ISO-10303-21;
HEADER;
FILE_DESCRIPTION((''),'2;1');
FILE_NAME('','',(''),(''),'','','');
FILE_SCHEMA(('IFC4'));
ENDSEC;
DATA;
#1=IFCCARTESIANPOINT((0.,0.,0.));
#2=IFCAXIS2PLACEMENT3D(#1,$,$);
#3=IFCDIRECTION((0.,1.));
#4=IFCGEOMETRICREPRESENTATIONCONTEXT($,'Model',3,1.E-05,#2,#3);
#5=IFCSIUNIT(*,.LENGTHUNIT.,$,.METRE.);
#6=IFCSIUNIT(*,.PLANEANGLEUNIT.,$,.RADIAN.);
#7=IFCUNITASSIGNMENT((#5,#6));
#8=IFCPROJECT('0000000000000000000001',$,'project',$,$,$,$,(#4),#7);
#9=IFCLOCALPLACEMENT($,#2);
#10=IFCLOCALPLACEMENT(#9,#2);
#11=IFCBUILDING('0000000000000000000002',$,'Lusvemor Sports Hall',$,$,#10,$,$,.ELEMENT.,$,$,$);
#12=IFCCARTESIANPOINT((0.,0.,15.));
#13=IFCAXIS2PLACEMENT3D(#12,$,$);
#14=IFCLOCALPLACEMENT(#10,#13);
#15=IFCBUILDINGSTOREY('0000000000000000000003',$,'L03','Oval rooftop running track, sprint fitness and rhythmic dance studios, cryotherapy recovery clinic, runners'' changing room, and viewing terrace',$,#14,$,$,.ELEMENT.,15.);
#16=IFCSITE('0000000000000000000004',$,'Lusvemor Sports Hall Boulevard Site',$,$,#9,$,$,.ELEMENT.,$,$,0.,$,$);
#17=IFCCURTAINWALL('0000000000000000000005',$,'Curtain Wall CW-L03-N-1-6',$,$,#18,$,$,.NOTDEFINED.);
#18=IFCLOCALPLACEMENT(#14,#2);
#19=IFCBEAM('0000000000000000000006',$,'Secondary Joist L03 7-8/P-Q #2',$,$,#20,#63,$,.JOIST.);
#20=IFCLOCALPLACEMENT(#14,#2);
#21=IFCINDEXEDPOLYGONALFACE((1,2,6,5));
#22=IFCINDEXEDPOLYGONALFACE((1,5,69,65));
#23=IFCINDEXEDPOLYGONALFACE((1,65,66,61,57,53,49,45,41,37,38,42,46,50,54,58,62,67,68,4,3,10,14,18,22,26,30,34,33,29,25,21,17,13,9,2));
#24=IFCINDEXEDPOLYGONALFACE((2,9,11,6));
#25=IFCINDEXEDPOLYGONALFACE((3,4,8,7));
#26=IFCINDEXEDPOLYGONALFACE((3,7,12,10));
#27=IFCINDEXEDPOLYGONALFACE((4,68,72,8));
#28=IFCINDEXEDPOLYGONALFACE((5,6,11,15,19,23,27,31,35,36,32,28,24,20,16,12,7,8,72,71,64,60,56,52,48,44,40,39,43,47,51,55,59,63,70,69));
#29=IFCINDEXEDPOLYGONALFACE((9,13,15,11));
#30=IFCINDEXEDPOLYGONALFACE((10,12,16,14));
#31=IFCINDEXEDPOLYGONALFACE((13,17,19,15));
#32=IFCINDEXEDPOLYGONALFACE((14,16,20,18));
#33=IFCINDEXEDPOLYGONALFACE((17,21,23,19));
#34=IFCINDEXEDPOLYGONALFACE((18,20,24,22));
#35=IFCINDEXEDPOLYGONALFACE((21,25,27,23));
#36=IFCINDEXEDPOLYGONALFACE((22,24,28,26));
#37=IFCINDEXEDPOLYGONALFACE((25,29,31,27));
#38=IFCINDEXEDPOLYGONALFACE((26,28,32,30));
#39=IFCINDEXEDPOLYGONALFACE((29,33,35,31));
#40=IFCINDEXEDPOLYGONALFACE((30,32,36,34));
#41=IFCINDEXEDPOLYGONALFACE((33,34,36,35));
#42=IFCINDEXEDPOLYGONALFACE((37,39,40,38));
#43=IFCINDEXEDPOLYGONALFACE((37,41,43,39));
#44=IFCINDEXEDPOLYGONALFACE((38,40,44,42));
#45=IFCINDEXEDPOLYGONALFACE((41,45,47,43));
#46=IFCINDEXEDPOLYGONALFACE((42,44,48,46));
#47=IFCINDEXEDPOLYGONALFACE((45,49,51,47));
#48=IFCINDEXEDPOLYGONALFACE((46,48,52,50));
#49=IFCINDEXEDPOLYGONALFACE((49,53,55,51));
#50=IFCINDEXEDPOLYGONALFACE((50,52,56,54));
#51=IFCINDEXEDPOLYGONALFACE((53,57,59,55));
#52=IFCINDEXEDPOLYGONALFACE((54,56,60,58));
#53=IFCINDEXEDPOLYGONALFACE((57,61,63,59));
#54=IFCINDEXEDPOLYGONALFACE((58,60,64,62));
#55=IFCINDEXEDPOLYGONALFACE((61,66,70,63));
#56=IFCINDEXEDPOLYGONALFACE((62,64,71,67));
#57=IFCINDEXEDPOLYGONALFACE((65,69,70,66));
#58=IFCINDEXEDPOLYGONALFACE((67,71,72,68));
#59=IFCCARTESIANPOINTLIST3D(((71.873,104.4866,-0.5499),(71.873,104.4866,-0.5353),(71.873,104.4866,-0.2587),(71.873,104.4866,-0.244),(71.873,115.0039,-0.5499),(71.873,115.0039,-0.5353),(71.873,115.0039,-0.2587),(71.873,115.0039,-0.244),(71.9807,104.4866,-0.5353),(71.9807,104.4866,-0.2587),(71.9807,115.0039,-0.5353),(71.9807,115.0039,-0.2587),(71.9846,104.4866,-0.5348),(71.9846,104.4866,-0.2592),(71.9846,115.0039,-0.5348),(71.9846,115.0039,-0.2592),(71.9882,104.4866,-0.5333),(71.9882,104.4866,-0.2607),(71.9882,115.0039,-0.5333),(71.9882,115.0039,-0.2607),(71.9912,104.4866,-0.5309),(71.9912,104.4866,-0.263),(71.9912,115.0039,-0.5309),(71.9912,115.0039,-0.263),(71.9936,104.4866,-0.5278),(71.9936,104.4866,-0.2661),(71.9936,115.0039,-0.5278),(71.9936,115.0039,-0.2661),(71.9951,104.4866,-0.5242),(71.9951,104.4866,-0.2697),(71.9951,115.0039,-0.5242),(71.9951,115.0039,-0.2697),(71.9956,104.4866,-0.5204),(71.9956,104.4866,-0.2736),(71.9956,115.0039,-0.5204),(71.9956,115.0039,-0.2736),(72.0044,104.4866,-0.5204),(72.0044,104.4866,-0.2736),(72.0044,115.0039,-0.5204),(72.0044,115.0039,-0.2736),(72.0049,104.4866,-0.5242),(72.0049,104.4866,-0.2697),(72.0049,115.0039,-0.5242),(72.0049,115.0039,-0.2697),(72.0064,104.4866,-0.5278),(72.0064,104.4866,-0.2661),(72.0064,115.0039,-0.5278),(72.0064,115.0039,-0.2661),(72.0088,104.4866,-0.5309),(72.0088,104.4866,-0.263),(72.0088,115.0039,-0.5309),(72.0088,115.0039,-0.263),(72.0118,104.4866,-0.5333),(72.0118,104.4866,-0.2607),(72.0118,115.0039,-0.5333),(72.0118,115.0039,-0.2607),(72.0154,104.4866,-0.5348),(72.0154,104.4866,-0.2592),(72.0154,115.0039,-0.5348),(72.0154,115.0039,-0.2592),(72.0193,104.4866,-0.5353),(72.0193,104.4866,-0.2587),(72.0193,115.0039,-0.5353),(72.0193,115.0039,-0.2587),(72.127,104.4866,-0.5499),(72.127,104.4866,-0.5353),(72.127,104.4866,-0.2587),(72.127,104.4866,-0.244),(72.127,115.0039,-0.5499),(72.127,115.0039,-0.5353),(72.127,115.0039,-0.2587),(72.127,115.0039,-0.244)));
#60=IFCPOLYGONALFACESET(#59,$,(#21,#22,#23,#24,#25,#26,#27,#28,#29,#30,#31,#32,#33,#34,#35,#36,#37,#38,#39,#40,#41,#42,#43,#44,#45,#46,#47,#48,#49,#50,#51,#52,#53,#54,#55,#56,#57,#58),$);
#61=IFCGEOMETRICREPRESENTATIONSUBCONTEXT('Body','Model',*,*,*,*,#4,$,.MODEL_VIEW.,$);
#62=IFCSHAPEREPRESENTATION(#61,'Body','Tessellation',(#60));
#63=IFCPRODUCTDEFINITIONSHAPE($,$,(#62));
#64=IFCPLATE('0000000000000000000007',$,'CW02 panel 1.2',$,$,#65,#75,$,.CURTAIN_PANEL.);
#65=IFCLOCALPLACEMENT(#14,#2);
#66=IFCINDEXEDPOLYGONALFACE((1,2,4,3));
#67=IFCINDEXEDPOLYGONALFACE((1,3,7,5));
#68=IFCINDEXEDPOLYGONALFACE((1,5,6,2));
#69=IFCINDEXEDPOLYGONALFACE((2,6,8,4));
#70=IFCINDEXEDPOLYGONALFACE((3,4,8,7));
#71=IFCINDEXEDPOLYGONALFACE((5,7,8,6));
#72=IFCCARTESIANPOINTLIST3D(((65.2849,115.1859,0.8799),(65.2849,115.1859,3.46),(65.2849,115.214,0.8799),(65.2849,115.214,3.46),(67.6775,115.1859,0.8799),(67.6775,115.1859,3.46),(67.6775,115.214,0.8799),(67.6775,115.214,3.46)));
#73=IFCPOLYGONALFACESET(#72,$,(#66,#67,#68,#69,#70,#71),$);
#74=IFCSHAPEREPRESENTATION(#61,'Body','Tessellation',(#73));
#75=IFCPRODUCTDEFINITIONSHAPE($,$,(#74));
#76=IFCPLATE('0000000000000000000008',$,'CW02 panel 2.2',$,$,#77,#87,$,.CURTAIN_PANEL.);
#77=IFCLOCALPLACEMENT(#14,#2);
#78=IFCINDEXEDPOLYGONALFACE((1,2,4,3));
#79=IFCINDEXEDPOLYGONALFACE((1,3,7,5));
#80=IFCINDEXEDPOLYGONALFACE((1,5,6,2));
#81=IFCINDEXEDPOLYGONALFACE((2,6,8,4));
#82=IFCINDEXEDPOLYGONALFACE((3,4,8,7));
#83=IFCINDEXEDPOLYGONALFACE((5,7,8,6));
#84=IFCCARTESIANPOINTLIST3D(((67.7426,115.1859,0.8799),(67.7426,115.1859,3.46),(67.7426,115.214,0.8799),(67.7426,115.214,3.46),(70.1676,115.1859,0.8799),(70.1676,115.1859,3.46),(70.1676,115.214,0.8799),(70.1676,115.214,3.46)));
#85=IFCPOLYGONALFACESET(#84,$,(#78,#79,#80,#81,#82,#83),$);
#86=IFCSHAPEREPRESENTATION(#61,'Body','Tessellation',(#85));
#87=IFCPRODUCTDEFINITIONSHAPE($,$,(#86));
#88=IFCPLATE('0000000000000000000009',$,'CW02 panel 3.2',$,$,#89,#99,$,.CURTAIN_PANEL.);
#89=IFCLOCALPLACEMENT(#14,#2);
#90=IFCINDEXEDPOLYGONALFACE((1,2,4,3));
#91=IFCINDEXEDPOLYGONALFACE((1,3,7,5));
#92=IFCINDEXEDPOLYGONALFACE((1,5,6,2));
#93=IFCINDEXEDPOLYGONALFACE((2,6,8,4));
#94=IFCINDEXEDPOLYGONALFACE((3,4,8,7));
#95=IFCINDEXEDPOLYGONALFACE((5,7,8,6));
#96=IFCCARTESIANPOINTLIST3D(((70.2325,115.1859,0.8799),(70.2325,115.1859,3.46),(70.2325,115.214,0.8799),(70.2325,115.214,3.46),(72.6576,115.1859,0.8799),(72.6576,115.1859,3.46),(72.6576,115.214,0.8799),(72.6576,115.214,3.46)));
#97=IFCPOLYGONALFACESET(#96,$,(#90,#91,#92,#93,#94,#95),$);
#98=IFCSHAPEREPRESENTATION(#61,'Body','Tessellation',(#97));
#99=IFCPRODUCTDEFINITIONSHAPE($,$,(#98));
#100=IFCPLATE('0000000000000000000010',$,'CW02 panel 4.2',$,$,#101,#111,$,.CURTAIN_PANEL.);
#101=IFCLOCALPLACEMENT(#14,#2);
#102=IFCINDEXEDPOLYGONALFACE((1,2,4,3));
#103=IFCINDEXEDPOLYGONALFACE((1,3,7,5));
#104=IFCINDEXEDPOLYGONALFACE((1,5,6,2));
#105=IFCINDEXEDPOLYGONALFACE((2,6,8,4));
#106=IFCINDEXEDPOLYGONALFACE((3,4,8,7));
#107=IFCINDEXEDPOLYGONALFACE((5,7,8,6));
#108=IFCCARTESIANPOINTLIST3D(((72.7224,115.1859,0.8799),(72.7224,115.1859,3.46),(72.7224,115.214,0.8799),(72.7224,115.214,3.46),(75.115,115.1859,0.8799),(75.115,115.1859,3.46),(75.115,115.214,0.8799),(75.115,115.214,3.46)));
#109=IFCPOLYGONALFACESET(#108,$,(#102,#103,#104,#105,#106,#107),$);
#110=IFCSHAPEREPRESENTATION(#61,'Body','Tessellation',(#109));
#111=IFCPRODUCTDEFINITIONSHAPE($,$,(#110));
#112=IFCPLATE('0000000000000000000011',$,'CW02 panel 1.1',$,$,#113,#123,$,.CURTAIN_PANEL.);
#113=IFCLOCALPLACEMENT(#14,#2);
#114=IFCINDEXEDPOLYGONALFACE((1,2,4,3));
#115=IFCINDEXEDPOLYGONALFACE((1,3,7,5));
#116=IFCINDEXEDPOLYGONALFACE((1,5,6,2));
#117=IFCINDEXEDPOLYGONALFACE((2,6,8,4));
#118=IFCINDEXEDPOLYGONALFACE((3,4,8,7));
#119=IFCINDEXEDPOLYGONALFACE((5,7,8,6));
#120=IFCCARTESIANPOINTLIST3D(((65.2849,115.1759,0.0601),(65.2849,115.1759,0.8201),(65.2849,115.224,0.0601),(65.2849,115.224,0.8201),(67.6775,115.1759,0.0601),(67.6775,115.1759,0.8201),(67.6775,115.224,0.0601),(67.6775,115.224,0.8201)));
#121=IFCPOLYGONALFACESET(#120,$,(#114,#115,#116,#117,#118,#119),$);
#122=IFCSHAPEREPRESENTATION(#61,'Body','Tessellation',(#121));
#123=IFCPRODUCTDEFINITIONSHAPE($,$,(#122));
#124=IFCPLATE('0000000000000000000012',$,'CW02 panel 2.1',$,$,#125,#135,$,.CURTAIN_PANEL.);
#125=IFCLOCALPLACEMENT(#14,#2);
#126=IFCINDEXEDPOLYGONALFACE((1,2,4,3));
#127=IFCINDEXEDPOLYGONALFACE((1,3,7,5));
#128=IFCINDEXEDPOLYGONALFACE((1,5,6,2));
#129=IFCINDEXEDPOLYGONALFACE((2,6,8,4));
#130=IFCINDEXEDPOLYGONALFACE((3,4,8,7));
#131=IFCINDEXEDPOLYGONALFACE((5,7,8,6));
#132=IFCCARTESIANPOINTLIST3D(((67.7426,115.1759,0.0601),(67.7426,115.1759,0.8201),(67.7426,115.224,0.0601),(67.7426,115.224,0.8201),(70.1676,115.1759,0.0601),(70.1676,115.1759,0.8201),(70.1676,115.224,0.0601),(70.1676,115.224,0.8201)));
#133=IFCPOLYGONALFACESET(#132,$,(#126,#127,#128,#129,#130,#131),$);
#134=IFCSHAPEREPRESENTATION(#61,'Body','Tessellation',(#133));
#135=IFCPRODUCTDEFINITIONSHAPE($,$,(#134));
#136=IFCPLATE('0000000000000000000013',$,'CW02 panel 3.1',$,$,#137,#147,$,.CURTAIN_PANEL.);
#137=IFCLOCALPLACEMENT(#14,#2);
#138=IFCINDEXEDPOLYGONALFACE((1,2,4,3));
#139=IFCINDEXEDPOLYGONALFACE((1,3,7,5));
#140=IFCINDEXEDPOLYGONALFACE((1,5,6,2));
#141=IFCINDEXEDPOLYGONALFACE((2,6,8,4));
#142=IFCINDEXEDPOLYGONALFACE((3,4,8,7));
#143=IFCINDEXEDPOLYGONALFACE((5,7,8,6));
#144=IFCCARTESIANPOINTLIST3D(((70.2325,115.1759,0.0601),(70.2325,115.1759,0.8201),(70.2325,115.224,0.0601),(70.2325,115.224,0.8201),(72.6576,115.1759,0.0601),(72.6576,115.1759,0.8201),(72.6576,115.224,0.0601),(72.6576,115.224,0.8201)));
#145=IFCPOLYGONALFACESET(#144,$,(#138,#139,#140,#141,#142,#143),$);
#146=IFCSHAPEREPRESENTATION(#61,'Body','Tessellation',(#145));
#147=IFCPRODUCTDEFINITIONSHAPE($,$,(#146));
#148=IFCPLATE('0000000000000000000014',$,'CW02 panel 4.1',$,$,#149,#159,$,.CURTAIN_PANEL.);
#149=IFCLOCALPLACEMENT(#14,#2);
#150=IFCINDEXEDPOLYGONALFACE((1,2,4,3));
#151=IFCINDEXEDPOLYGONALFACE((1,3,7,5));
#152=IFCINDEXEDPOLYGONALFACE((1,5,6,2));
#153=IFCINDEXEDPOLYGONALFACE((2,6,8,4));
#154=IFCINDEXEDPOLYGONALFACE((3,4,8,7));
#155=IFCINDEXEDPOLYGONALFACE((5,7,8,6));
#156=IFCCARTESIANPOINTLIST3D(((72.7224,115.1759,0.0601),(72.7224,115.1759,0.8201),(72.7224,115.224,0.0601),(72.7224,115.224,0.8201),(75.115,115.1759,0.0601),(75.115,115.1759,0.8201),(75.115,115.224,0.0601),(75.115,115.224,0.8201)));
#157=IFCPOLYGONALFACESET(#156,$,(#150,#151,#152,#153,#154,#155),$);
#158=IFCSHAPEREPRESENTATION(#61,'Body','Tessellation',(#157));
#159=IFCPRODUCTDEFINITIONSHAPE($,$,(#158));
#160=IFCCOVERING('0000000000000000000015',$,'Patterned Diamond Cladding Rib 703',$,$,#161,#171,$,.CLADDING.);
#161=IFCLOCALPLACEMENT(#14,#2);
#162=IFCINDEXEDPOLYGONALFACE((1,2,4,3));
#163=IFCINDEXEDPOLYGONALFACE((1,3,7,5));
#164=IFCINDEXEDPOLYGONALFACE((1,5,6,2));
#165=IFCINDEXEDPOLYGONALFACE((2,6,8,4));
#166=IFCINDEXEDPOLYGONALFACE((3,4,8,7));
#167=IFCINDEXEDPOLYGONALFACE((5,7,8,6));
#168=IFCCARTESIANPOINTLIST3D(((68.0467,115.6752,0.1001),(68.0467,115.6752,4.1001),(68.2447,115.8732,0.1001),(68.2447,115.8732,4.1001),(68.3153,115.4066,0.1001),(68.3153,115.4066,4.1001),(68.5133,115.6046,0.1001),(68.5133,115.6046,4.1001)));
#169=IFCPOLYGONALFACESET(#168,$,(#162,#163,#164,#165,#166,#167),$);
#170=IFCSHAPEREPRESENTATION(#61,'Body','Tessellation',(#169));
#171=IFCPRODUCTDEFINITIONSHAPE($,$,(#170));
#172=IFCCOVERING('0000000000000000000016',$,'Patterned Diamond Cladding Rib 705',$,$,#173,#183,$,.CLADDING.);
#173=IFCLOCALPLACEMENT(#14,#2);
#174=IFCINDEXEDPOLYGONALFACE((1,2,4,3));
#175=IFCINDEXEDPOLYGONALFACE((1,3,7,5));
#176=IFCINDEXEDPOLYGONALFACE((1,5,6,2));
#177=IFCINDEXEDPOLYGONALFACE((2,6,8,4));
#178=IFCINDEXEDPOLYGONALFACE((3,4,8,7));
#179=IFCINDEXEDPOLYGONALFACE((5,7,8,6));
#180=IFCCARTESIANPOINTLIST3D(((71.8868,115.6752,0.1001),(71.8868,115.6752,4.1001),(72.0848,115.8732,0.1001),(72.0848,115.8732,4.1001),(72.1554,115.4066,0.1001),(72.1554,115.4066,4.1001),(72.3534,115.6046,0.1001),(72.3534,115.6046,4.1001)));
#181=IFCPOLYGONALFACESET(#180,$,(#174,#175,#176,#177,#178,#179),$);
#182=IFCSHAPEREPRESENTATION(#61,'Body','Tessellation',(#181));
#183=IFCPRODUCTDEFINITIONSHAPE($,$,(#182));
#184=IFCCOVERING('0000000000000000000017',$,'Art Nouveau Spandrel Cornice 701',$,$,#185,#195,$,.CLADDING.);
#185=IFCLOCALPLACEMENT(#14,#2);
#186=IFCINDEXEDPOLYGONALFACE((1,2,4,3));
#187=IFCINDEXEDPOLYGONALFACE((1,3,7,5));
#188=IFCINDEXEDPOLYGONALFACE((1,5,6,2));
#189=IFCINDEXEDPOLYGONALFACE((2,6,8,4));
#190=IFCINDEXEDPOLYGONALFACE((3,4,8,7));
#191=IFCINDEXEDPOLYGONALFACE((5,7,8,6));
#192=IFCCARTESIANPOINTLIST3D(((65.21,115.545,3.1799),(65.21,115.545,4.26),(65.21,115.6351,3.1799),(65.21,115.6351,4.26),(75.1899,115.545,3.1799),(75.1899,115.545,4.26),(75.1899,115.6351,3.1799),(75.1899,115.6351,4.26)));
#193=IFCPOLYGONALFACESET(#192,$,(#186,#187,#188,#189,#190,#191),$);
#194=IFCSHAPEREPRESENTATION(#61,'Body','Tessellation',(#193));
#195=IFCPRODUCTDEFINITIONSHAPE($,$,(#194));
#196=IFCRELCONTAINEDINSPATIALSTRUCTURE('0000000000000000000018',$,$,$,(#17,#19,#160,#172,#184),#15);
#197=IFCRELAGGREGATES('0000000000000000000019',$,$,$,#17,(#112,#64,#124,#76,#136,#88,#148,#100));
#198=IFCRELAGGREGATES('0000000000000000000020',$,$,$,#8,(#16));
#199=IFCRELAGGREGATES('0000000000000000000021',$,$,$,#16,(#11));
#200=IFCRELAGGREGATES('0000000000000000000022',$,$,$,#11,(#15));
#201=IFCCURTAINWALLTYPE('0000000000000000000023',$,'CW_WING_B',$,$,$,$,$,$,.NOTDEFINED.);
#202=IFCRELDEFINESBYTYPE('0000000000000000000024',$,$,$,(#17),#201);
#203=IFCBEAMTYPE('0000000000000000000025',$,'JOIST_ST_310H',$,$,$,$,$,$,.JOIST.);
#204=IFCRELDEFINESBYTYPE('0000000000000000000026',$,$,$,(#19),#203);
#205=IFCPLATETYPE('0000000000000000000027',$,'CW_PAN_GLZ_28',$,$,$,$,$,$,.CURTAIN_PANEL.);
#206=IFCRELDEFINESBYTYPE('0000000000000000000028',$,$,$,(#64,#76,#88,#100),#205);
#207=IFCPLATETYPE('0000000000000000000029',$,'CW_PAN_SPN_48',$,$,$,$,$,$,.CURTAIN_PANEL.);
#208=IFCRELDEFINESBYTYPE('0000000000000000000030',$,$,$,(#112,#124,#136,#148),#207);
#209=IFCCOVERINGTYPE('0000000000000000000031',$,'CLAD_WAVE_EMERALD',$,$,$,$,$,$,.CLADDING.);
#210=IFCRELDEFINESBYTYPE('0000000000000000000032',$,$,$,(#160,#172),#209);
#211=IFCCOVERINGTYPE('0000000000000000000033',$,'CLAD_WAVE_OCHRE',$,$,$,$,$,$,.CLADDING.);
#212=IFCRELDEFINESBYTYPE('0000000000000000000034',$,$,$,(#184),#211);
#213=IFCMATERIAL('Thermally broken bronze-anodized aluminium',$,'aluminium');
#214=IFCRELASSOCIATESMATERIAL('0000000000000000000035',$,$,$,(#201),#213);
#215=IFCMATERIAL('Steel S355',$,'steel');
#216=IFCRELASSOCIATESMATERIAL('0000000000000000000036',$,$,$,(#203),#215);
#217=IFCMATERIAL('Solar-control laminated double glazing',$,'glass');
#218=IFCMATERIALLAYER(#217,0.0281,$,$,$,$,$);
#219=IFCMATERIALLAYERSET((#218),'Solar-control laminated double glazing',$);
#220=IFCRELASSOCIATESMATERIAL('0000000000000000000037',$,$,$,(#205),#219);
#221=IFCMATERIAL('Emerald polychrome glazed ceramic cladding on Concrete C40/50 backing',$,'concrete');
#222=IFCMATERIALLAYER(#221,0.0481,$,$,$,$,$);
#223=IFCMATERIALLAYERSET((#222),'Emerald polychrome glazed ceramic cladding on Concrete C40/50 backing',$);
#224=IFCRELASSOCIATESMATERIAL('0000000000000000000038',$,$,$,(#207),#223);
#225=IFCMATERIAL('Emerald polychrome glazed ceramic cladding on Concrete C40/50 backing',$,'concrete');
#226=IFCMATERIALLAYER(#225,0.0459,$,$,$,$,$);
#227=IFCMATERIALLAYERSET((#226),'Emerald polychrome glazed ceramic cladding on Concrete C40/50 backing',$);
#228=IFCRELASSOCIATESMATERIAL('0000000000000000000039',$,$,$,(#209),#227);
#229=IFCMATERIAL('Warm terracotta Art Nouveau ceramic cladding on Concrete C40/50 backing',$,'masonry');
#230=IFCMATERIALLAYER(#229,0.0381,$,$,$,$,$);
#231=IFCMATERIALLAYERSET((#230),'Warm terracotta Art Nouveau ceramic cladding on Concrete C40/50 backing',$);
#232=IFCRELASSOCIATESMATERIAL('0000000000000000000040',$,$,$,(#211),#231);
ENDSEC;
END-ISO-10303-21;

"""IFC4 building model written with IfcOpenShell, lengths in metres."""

from ifc_helpers import new_model, si_unit, direction, frame, origin, origin_2d, place, context, subcontext, project, spatial, rectangle, i_section, extrude, material, layer, layer_set, material_profile, profile_set, type_object, element, aggregate, save


model = new_model("IFC4")

# Units and contexts
model_context = context("Model", 3, precision=1e-05, world=origin(), true_north=direction((0.0, 1.0)))
body_context = subcontext(model_context, "Body", "Model", "MODEL_VIEW")
ifc_project = project(units=[si_unit("LENGTHUNIT", "METRE"), si_unit("PLANEANGLEUNIT", "RADIAN")], contexts=[model_context])

# Site, building, storey
site_placement = place(None, origin())
site = spatial("IfcSite", under=ifc_project, at=site_placement, Name="Lusvemor Sports Hall Boulevard Site", CompositionType="ELEMENT", RefElevation=0.0)
building_placement = place(site_placement, origin())
building = spatial("IfcBuilding", under=site, at=building_placement, Name="Lusvemor Sports Hall", CompositionType="ELEMENT")
storey_placement = place(building_placement, frame((0.0, 0.0, 15.0)))
storey = spatial("IfcBuildingStorey", under=building, at=storey_placement, Name="L03", Description="Oval rooftop running track, sprint fitness and rhythmic dance studios, cryotherapy recovery clinic, runners' changing room, and viewing terrace", CompositionType="ELEMENT", Elevation=15.0)

# Curtain wall
ifc_material_1 = material(Name="Thermally broken bronze-anodized aluminium", Category="aluminium")
curtain_wall_type = type_object("IfcCurtainWallType", Name="CW_WING_B", PredefinedType="NOTDEFINED", material=ifc_material_1)
curtain_wall_placement = place(storey_placement, origin())
curtain_wall = element("IfcCurtainWall", 1, at=curtain_wall_placement, inside=storey, type_object=curtain_wall_type, Name="Curtain Wall CW-L03-N-1-6", PredefinedType="NOTDEFINED")

# Beam
ifc_material_2 = material(Name="Steel S355", Category="steel")
ifc_material_profile_1 = material_profile(ifc_material_2, i_section(OverallWidth=0.2539, OverallDepth=0.3059, WebThickness=0.0088, FlangeThickness=0.0146, FilletRadius=0.0149, at=origin_2d()), Name="W310x79.0")
ifc_profile_set_1 = profile_set([ifc_material_profile_1], Name="Steel S355")
beam_type = type_object("IfcBeamType", Name="JOIST_ST_310H", PredefinedType="JOIST", material=ifc_profile_set_1)
for number, where, z_axis, x_axis, name in (
    (2, (72.0, 104.4866, -0.397), (0.0, 1.0, 0.0), (-1.0, 0.0, 0.0), "Secondary Joist L03 7-8/P-Q #2"),
):
    element("IfcBeam", number, at=place(storey_placement, frame(where, z_axis=z_axis, x_axis=x_axis)), inside=storey, type_object=beam_type, Name=name, PredefinedType="JOIST", context=body_context, shape_type="SweptSolid", body=[
        extrude(i_section(OverallWidth=0.2539, OverallDepth=0.3059, WebThickness=0.0088, FlangeThickness=0.0146, FilletRadius=0.0149, at=origin_2d()), origin(), (0.0, 0.0, 1.0), 10.5173),
    ])

# Plates
ifc_material_3 = material(Name="Solar-control laminated double glazing", Category="glass")
ifc_layer_1 = layer(ifc_material_3, 0.0281)
ifc_layer_set_1 = layer_set([ifc_layer_1], Name="Solar-control laminated double glazing")
plate_type_1 = type_object("IfcPlateType", Name="CW_PAN_GLZ_28", PredefinedType="CURTAIN_PANEL", material=ifc_layer_set_1)
plate_1_placement = place(storey_placement, frame((66.4812, 115.2, 0.8799), z_axis=(0.0, 0.0, 1.0), x_axis=(1.0, 0.0, 0.0)))
plate_1 = element("IfcPlate", 3, at=plate_1_placement, type_object=plate_type_1, Name="CW02 panel 1.2", PredefinedType="CURTAIN_PANEL", context=body_context, shape_type="SweptSolid", body=[
    extrude(rectangle(XDim=2.3926, YDim=0.0281, at=origin_2d()), origin(), (0.0, 0.0, 1.0), 2.5801),
])
plate_2_placement = place(storey_placement, frame((68.9551, 115.2, 0.8799), z_axis=(0.0, 0.0, 1.0), x_axis=(1.0, 0.0, 0.0)))
plate_2 = element("IfcPlate", 4, at=plate_2_placement, type_object=plate_type_1, Name="CW02 panel 2.2", PredefinedType="CURTAIN_PANEL", context=body_context, shape_type="SweptSolid", body=[
    extrude(rectangle(XDim=2.425, YDim=0.0281, at=origin_2d()), origin(), (0.0, 0.0, 1.0), 2.5801),
])
plate_3_placement = place(storey_placement, frame((71.4451, 115.2, 0.8799), z_axis=(0.0, 0.0, 1.0), x_axis=(1.0, 0.0, 0.0)))
plate_3 = element("IfcPlate", 5, at=plate_3_placement, type_object=plate_type_1, Name="CW02 panel 3.2", PredefinedType="CURTAIN_PANEL", context=body_context, shape_type="SweptSolid", body=[
    extrude(rectangle(XDim=2.425, YDim=0.0281, at=origin_2d()), origin(), (0.0, 0.0, 1.0), 2.5801),
])
plate_4_placement = place(storey_placement, frame((73.9187, 115.2, 0.8799), z_axis=(0.0, 0.0, 1.0), x_axis=(1.0, 0.0, 0.0)))
plate_4 = element("IfcPlate", 6, at=plate_4_placement, type_object=plate_type_1, Name="CW02 panel 4.2", PredefinedType="CURTAIN_PANEL", context=body_context, shape_type="SweptSolid", body=[
    extrude(rectangle(XDim=2.3926, YDim=0.0281, at=origin_2d()), origin(), (0.0, 0.0, 1.0), 2.5801),
])
ifc_material_4 = material(Name="Emerald polychrome glazed ceramic cladding on Concrete C40/50 backing", Category="concrete")
ifc_layer_2 = layer(ifc_material_4, 0.0481)
ifc_layer_set_2 = layer_set([ifc_layer_2], Name="Emerald polychrome glazed ceramic cladding on Concrete C40/50 backing")
plate_type_2 = type_object("IfcPlateType", Name="CW_PAN_SPN_48", PredefinedType="CURTAIN_PANEL", material=ifc_layer_set_2)
plate_5_placement = place(storey_placement, frame((66.4812, 115.2, 0.0601), z_axis=(0.0, 0.0, 1.0), x_axis=(1.0, 0.0, 0.0)))
plate_5 = element("IfcPlate", 7, at=plate_5_placement, type_object=plate_type_2, Name="CW02 panel 1.1", PredefinedType="CURTAIN_PANEL", context=body_context, shape_type="SweptSolid", body=[
    extrude(rectangle(XDim=2.3926, YDim=0.0481, at=origin_2d()), origin(), (0.0, 0.0, 1.0), 0.76),
])
plate_6_placement = place(storey_placement, frame((68.9551, 115.2, 0.0601), z_axis=(0.0, 0.0, 1.0), x_axis=(1.0, 0.0, 0.0)))
plate_6 = element("IfcPlate", 8, at=plate_6_placement, type_object=plate_type_2, Name="CW02 panel 2.1", PredefinedType="CURTAIN_PANEL", context=body_context, shape_type="SweptSolid", body=[
    extrude(rectangle(XDim=2.425, YDim=0.0481, at=origin_2d()), origin(), (0.0, 0.0, 1.0), 0.76),
])
plate_7_placement = place(storey_placement, frame((71.4451, 115.2, 0.0601), z_axis=(0.0, 0.0, 1.0), x_axis=(1.0, 0.0, 0.0)))
plate_7 = element("IfcPlate", 9, at=plate_7_placement, type_object=plate_type_2, Name="CW02 panel 3.1", PredefinedType="CURTAIN_PANEL", context=body_context, shape_type="SweptSolid", body=[
    extrude(rectangle(XDim=2.425, YDim=0.0481, at=origin_2d()), origin(), (0.0, 0.0, 1.0), 0.76),
])
plate_8_placement = place(storey_placement, frame((73.9187, 115.2, 0.0601), z_axis=(0.0, 0.0, 1.0), x_axis=(1.0, 0.0, 0.0)))
plate_8 = element("IfcPlate", 10, at=plate_8_placement, type_object=plate_type_2, Name="CW02 panel 4.1", PredefinedType="CURTAIN_PANEL", context=body_context, shape_type="SweptSolid", body=[
    extrude(rectangle(XDim=2.3926, YDim=0.0481, at=origin_2d()), origin(), (0.0, 0.0, 1.0), 0.76),
])
aggregate(curtain_wall, [plate_5, plate_1, plate_6, plate_2, plate_7, plate_3, plate_8, plate_4])

# Coverings
ifc_material_5 = material(Name="Emerald polychrome glazed ceramic cladding on Concrete C40/50 backing", Category="concrete")
ifc_layer_3 = layer(ifc_material_5, 0.0459)
ifc_layer_set_3 = layer_set([ifc_layer_3], Name="Emerald polychrome glazed ceramic cladding on Concrete C40/50 backing")
covering_type_1 = type_object("IfcCoveringType", Name="CLAD_WAVE_EMERALD", PredefinedType="CLADDING", material=ifc_layer_set_3)
for number, where, z_axis, x_axis, name in (
    (11, (68.28, 115.6399, 0.1001), (0.0, 0.0, 1.0), (0.707107, 0.707107, 0.0), "Patterned Diamond Cladding Rib 703"),
    (12, (72.1201, 115.6399, 0.1001), (0.0, 0.0, 1.0), (0.707107, 0.707107, 0.0), "Patterned Diamond Cladding Rib 705"),
):
    element("IfcCovering", number, at=place(storey_placement, frame(where, z_axis=z_axis, x_axis=x_axis)), inside=storey, type_object=covering_type_1, Name=name, PredefinedType="CLADDING", context=body_context, shape_type="SweptSolid", body=[
        extrude(rectangle(XDim=0.28, YDim=0.3799, at=origin_2d()), origin(), (0.0, 0.0, 1.0), 4.0),
    ])
ifc_material_6 = material(Name="Warm terracotta Art Nouveau ceramic cladding on Concrete C40/50 backing", Category="masonry")
ifc_layer_4 = layer(ifc_material_6, 0.0381)
ifc_layer_set_4 = layer_set([ifc_layer_4], Name="Warm terracotta Art Nouveau ceramic cladding on Concrete C40/50 backing")
covering_type_2 = type_object("IfcCoveringType", Name="CLAD_WAVE_OCHRE", PredefinedType="CLADDING", material=ifc_layer_set_4)
covering_1_placement = place(storey_placement, frame((70.2, 115.5901, 3.1799), z_axis=(0.0, 0.0, 1.0), x_axis=(1.0, 0.0, 0.0)))
element("IfcCovering", 13, at=covering_1_placement, inside=storey, type_object=covering_type_2, Name="Art Nouveau Spandrel Cornice 701", PredefinedType="CLADDING", context=body_context, shape_type="SweptSolid", body=[
    extrude(rectangle(XDim=9.98, YDim=0.0901, at=origin_2d()), origin(), (0.0, 0.0, 1.0), 1.0801),
])

save(model, "model.ifc")
